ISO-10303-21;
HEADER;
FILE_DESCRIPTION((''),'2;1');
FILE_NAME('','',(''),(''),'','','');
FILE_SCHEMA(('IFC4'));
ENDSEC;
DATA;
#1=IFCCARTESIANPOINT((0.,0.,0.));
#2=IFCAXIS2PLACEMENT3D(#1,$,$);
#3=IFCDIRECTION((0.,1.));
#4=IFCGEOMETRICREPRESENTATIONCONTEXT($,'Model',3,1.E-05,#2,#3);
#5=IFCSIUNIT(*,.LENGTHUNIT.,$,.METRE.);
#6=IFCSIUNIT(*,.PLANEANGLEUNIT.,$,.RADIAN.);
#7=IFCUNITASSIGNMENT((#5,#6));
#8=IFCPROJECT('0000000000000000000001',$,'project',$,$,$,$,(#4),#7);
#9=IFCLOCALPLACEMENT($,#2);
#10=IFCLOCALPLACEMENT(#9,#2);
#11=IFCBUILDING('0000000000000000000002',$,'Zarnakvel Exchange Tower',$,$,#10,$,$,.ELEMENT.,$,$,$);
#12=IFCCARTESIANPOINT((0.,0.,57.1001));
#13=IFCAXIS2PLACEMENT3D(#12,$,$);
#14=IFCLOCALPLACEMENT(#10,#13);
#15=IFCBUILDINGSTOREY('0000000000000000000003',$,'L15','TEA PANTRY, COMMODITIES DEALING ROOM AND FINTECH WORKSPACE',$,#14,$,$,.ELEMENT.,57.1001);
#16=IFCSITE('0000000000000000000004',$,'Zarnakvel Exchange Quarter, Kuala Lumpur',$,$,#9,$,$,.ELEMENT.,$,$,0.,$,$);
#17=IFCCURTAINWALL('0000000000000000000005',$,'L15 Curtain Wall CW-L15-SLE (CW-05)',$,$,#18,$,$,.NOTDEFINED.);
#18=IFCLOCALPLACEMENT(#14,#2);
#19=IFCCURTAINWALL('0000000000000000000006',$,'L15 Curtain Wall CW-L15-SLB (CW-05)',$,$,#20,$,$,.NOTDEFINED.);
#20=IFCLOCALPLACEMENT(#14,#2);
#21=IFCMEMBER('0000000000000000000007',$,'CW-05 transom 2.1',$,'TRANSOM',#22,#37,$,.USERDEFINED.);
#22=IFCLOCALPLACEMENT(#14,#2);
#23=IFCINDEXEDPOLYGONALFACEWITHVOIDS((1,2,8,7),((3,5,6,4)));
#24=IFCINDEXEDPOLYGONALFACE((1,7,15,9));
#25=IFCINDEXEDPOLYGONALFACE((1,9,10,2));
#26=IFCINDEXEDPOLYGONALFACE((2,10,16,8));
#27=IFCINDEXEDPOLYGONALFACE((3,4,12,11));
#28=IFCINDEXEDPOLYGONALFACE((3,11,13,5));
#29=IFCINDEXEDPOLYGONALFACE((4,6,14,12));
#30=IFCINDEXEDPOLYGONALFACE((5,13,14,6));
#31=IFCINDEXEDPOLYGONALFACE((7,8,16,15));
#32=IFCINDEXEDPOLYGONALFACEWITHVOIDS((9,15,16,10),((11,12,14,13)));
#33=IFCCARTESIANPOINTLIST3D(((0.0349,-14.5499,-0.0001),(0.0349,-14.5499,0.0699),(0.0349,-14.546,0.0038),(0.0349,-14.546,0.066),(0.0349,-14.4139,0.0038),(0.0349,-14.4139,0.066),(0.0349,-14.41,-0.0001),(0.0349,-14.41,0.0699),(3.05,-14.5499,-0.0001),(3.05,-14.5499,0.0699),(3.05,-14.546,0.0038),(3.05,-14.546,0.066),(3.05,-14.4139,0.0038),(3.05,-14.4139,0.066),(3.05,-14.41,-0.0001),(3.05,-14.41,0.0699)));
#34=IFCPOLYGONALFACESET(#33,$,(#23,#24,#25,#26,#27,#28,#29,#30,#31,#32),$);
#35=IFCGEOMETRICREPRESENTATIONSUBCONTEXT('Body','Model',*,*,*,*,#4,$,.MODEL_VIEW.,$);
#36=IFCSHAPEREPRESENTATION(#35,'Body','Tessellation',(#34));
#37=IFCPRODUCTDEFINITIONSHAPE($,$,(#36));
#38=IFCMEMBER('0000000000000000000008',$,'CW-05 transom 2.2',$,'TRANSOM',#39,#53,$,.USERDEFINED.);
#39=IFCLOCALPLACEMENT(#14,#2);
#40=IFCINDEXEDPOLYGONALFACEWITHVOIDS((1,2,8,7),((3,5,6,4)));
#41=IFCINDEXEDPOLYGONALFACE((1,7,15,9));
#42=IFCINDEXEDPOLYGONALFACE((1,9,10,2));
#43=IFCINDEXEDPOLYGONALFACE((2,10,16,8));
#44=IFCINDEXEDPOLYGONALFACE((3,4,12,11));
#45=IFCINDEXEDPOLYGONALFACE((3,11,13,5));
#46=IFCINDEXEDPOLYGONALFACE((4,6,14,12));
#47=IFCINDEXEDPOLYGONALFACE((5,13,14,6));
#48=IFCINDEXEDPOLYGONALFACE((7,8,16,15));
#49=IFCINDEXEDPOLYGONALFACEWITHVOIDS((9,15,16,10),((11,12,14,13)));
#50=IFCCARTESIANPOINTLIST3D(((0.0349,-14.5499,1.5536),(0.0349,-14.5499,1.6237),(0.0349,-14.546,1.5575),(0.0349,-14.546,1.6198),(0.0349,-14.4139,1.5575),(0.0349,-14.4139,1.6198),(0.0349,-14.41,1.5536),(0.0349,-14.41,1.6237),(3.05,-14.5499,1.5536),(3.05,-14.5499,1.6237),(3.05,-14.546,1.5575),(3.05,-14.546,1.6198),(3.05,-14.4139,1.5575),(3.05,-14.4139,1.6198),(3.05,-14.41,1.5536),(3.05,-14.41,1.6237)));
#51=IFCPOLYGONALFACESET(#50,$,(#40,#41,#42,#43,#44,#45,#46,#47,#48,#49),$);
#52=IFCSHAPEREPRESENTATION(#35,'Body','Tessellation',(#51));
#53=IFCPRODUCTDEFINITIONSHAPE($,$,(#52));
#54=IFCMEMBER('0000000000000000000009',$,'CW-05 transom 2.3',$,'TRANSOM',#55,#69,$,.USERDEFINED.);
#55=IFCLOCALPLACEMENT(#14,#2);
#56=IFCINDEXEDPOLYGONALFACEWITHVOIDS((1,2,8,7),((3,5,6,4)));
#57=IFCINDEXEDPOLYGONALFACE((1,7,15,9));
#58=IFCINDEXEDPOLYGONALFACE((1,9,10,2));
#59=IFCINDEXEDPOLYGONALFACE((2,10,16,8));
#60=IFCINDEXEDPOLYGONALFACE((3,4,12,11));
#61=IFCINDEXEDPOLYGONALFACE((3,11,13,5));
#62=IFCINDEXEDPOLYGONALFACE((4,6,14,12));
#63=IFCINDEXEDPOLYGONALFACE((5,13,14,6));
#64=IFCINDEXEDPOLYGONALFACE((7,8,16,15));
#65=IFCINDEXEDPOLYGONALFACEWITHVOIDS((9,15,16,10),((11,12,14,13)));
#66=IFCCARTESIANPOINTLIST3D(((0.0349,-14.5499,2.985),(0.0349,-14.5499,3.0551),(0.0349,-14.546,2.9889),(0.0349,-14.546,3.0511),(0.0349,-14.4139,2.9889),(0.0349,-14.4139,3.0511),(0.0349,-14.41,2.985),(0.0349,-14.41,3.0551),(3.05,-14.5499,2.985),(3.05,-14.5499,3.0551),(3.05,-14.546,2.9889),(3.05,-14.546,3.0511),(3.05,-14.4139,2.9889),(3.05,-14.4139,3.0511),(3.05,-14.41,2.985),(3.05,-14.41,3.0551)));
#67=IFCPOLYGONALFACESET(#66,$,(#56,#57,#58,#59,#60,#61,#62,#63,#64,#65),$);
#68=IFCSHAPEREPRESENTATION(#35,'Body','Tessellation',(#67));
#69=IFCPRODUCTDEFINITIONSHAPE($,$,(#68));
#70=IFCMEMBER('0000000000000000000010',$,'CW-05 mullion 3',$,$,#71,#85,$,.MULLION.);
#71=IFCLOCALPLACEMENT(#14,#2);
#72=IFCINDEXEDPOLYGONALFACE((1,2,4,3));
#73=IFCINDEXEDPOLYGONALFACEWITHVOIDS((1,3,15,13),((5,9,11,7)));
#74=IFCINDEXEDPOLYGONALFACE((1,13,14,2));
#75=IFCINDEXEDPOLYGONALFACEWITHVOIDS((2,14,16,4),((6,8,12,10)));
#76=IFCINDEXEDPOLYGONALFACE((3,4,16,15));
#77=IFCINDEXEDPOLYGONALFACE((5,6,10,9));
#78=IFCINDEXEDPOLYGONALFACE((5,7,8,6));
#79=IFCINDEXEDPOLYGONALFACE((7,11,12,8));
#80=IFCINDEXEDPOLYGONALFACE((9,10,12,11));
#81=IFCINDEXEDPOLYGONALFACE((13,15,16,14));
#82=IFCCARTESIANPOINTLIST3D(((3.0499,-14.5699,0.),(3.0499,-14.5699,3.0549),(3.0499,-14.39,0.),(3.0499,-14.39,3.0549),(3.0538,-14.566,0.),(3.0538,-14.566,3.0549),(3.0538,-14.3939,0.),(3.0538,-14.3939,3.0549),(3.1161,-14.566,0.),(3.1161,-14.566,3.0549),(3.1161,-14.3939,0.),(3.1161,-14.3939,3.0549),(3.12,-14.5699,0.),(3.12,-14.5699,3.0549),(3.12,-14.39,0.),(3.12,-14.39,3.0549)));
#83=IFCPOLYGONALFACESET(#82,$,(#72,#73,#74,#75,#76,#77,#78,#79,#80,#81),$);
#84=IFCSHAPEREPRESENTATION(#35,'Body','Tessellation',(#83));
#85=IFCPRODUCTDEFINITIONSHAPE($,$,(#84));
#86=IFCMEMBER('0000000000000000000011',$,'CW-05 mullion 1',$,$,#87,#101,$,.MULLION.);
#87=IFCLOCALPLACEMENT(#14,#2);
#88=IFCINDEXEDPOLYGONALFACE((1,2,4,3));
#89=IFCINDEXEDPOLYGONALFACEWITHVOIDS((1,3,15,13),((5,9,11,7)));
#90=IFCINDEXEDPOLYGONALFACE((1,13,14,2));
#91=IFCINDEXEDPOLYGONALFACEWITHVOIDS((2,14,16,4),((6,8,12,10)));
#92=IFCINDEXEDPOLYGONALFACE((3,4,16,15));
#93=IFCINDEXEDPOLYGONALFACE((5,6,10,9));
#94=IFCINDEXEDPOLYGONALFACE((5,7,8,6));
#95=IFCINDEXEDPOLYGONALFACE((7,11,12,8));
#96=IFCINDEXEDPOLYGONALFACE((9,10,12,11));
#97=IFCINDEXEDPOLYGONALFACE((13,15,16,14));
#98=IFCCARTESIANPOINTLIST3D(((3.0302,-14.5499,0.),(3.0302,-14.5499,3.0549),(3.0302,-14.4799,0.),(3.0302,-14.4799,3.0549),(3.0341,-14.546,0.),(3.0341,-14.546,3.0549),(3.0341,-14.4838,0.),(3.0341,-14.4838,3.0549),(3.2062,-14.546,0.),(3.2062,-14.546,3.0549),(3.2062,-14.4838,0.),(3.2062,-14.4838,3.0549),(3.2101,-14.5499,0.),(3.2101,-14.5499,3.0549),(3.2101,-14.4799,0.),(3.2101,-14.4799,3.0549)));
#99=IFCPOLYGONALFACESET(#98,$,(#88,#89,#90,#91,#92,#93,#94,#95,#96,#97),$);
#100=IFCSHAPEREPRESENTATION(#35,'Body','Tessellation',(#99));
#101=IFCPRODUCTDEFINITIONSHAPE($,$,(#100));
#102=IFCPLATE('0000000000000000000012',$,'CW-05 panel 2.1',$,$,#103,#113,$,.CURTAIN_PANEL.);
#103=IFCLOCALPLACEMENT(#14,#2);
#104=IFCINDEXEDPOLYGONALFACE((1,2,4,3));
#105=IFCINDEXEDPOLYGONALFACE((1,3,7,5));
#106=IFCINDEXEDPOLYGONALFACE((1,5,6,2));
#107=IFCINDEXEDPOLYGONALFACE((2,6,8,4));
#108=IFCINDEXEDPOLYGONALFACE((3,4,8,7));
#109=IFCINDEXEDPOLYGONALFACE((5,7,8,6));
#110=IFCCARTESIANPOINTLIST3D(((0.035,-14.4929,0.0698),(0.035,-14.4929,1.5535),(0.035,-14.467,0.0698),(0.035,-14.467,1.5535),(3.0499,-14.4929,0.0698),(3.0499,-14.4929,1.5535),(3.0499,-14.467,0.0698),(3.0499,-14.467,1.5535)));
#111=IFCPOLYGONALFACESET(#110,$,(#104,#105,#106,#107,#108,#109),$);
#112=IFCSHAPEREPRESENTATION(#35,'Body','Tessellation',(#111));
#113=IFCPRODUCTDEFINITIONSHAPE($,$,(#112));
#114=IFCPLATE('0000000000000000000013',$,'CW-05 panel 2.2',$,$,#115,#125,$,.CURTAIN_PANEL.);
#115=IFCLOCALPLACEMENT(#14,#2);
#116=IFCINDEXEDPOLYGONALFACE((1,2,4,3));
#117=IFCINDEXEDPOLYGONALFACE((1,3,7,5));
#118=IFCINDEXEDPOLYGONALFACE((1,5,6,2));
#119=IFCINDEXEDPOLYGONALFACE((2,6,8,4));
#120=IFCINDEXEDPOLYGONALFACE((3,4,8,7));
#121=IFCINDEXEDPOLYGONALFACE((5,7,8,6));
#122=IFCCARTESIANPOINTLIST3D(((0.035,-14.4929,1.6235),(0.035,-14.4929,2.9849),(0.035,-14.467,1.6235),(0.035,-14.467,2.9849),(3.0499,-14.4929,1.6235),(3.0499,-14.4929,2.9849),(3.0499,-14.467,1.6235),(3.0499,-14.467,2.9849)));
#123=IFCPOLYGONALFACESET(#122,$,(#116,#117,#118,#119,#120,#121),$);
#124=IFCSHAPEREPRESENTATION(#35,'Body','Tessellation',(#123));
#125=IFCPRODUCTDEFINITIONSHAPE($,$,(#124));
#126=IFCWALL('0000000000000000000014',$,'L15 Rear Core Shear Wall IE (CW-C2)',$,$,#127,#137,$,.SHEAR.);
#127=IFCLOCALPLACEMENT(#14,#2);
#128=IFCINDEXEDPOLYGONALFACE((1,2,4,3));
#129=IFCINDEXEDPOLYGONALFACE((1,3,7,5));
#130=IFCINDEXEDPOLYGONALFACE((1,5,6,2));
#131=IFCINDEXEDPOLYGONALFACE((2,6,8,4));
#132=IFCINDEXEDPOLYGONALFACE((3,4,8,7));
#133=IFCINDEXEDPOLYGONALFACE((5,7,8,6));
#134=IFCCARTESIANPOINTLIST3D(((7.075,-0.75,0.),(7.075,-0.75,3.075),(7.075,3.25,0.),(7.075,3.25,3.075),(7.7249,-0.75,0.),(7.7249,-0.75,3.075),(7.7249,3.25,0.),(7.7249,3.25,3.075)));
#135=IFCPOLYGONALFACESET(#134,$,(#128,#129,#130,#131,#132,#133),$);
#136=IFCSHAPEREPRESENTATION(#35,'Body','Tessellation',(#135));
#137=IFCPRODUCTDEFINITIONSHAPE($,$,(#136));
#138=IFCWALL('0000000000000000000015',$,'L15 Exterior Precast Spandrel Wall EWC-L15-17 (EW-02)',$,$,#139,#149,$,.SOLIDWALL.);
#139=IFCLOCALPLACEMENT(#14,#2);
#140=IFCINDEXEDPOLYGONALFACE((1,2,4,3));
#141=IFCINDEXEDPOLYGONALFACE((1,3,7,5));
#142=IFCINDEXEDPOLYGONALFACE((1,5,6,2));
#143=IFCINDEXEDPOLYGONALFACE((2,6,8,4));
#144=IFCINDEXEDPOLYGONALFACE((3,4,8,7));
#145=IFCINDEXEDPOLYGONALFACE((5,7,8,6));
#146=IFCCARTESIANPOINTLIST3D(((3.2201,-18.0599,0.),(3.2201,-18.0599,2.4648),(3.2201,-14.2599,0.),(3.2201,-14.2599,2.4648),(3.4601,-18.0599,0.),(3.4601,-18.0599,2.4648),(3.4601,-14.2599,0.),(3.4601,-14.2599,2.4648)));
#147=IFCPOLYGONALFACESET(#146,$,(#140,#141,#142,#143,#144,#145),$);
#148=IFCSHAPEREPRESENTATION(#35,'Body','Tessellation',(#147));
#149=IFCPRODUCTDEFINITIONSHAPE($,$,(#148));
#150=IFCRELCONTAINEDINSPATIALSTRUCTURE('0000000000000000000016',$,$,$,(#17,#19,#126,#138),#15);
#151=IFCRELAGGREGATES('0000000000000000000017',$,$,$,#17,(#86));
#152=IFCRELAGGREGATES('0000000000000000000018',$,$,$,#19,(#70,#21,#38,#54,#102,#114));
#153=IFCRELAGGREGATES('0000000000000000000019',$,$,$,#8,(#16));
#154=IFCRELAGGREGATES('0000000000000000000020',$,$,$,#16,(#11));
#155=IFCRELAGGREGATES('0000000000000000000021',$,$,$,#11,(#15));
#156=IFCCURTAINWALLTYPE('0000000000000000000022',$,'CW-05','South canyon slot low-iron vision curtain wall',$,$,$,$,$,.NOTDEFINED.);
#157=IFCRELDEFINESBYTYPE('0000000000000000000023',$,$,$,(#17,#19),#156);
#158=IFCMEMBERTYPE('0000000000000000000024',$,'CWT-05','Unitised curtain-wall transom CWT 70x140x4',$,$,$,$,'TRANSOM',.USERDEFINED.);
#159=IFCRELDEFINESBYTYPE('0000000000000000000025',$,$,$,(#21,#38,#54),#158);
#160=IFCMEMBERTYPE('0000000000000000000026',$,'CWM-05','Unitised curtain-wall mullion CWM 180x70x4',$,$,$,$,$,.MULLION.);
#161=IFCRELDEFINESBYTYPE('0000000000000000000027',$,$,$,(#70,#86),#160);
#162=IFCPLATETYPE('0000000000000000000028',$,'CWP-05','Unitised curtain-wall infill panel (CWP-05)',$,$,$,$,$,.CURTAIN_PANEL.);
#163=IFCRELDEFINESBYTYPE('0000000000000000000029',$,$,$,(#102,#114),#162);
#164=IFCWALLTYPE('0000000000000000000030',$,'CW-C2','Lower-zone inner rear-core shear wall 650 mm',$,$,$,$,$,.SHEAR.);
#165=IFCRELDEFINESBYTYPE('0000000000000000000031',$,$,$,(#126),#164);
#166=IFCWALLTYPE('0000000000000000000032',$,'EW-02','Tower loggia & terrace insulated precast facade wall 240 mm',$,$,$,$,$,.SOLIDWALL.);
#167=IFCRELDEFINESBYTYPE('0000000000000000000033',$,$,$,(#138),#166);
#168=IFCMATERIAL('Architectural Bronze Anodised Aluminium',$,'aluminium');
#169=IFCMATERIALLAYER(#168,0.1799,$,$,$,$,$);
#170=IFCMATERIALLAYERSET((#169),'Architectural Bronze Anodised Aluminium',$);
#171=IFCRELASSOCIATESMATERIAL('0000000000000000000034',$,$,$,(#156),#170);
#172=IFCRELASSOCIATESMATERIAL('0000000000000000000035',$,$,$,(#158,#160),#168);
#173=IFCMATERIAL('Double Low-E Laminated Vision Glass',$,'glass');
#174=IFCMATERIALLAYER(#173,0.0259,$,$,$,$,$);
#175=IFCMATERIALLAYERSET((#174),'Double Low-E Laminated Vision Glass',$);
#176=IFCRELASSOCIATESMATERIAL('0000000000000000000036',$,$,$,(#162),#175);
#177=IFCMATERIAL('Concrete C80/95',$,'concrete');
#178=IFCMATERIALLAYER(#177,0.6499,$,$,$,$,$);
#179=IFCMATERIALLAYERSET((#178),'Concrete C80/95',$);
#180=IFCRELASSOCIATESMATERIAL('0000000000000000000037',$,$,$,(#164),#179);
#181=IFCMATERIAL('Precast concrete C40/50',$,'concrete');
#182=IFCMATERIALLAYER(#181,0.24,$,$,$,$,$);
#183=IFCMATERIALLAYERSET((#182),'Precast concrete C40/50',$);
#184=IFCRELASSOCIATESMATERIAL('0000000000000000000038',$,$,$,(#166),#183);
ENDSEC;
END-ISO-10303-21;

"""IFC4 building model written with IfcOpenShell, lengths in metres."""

from ifc_helpers import new_model, si_unit, direction, frame, frame_2d, origin, origin_2d, place, context, subcontext, project, spatial, rectangle, hollow_rectangle, extrude, source, transform, mapped, material, layer, layer_set, material_profile, profile_set, type_object, element, aggregate, save


model = new_model("IFC4")

# Units and contexts
model_context = context("Model", 3, precision=1e-05, world=origin(), true_north=direction((0.0, 1.0)))
body_context = subcontext(model_context, "Body", "Model", "MODEL_VIEW")
ifc_project = project(units=[si_unit("LENGTHUNIT", "METRE"), si_unit("PLANEANGLEUNIT", "RADIAN")], contexts=[model_context])

# Site, building, storey
site_placement = place(None, origin())
site = spatial("IfcSite", under=ifc_project, at=site_placement, Name="Zarnakvel Exchange Quarter, Kuala Lumpur", CompositionType="ELEMENT", RefElevation=0.0)
building_placement = place(site_placement, origin())
building = spatial("IfcBuilding", under=site, at=building_placement, Name="Zarnakvel Exchange Tower", CompositionType="ELEMENT")
storey_placement = place(building_placement, frame((0.0, 0.0, 57.1001)))
storey = spatial("IfcBuildingStorey", under=building, at=storey_placement, Name="L15", Description="TEA PANTRY, COMMODITIES DEALING ROOM AND FINTECH WORKSPACE", CompositionType="ELEMENT", Elevation=57.1001)

# Shared definitions
ifc_material_1 = material(Name="Concrete C80/95", Category="concrete")

# Curtain walls, members
ifc_material_2 = material(Name="Architectural Bronze Anodised Aluminium", Category="aluminium")
ifc_layer_1 = layer(ifc_material_2, 0.1799)
ifc_layer_set_1 = layer_set([ifc_layer_1], Name="Architectural Bronze Anodised Aluminium")
curtain_wall_type = type_object("IfcCurtainWallType", Name="CW-05", Description="South canyon slot low-iron vision curtain wall", PredefinedType="NOTDEFINED", material=ifc_layer_set_1)
curtain_wall_1_placement = place(storey_placement, origin())
curtain_wall_1 = element("IfcCurtainWall", 1, at=curtain_wall_1_placement, inside=storey, type_object=curtain_wall_type, Name="L15 Curtain Wall CW-L15-SLE (CW-05)", PredefinedType="NOTDEFINED")
ifc_material_profile_1 = material_profile(ifc_material_2, hollow_rectangle(XDim=0.1399, YDim=0.0701, WallThickness=0.0039, at=origin_2d()))
ifc_profile_set_1 = profile_set([ifc_material_profile_1], Name="Architectural Bronze Anodised Aluminium")
member_type_1 = type_object("IfcMemberType", Name="CWT-05", Description="Unitised curtain-wall transom CWT 70x140x4", ElementType="TRANSOM", PredefinedType="USERDEFINED", material=ifc_profile_set_1)
curtain_wall_2_placement = place(storey_placement, origin())
curtain_wall_2 = element("IfcCurtainWall", 2, at=curtain_wall_2_placement, inside=storey, type_object=curtain_wall_type, Name="L15 Curtain Wall CW-L15-SLB (CW-05)", PredefinedType="NOTDEFINED")
shared_shape_1 = source(origin(), body_context, "Body", "SweptSolid", [
    extrude(hollow_rectangle(XDim=0.1399, YDim=0.0701, WallThickness=0.0039, at=origin_2d()), origin(), (0.0, 0.0, 1.0), 3.0151),
])
member_1_placement = place(storey_placement, frame((0.0349, -14.48, 0.0349), z_axis=(1.0, 0.0, 0.0), x_axis=(0.0, 1.0, 0.0)))
member_1 = element("IfcMember", 3, at=member_1_placement, type_object=member_type_1, Name="CW-05 transom 2.1", ObjectType="TRANSOM", PredefinedType="USERDEFINED", context=body_context, shape_type="MappedRepresentation", body=[
    mapped(shared_shape_1, transform((0.0, 0.0, 0.0), x_axis=(1.0, 0.0, 0.0), y_axis=(0.0, 1.0, 0.0), z_axis=(0.0, 0.0, 1.0), scale=1.0)),
])
member_2_placement = place(storey_placement, frame((0.0349, -14.48, 1.5886), z_axis=(1.0, 0.0, 0.0), x_axis=(0.0, 1.0, 0.0)))
member_2 = element("IfcMember", 4, at=member_2_placement, type_object=member_type_1, Name="CW-05 transom 2.2", ObjectType="TRANSOM", PredefinedType="USERDEFINED", context=body_context, shape_type="MappedRepresentation", body=[
    mapped(shared_shape_1, transform((0.0, 0.0, 0.0), x_axis=(1.0, 0.0, 0.0), y_axis=(0.0, 1.0, 0.0), z_axis=(0.0, 0.0, 1.0), scale=1.0)),
])
member_3_placement = place(storey_placement, frame((0.0349, -14.48, 3.02), z_axis=(1.0, 0.0, 0.0), x_axis=(0.0, 1.0, 0.0)))
member_3 = element("IfcMember", 5, at=member_3_placement, type_object=member_type_1, Name="CW-05 transom 2.3", ObjectType="TRANSOM", PredefinedType="USERDEFINED", context=body_context, shape_type="MappedRepresentation", body=[
    mapped(shared_shape_1, transform((0.0, 0.0, 0.0), x_axis=(1.0, 0.0, 0.0), y_axis=(0.0, 1.0, 0.0), z_axis=(0.0, 0.0, 1.0), scale=1.0)),
])
ifc_material_profile_2 = material_profile(ifc_material_2, hollow_rectangle(XDim=0.1799, YDim=0.0701, WallThickness=0.0039, at=origin_2d()))
ifc_profile_set_2 = profile_set([ifc_material_profile_2], Name="Architectural Bronze Anodised Aluminium")
member_type_2 = type_object("IfcMemberType", Name="CWM-05", Description="Unitised curtain-wall mullion CWM 180x70x4", PredefinedType="MULLION", material=ifc_profile_set_2)
shared_shape_2 = source(origin(), body_context, "Body", "SweptSolid", [
    extrude(hollow_rectangle(XDim=0.1799, YDim=0.0701, WallThickness=0.0039, at=origin_2d()), origin(), (0.0, 0.0, 1.0), 3.0549),
])
member_4_placement = place(storey_placement, frame((3.085, -14.48, 0.0), z_axis=(0.0, 0.0, 1.0), x_axis=(0.0, 1.0, 0.0)))
member_4 = element("IfcMember", 6, at=member_4_placement, type_object=member_type_2, Name="CW-05 mullion 3", PredefinedType="MULLION", context=body_context, shape_type="MappedRepresentation", body=[
    mapped(shared_shape_2, transform((0.0, 0.0, 0.0), x_axis=(1.0, 0.0, 0.0), y_axis=(0.0, 1.0, 0.0), z_axis=(0.0, 0.0, 1.0), scale=1.0)),
])

# Member
member_5_placement = place(storey_placement, frame((3.1201, -14.5149, 0.0), z_axis=(0.0, 0.0, 1.0), x_axis=(1.0, 0.0, 0.0)))
member_5 = element("IfcMember", 7, at=member_5_placement, type_object=member_type_2, Name="CW-05 mullion 1", PredefinedType="MULLION", context=body_context, shape_type="MappedRepresentation", body=[
    mapped(shared_shape_2, transform((0.0, 0.0, 0.0), x_axis=(1.0, 0.0, 0.0), y_axis=(0.0, 1.0, 0.0), z_axis=(0.0, 0.0, 1.0), scale=1.0)),
])
aggregate(curtain_wall_1, [member_5])

# Plates
ifc_material_3 = material(Name="Double Low-E Laminated Vision Glass", Category="glass")
ifc_layer_2 = layer(ifc_material_3, 0.0259)
ifc_layer_set_2 = layer_set([ifc_layer_2], Name="Double Low-E Laminated Vision Glass")
plate_type = type_object("IfcPlateType", Name="CWP-05", Description="Unitised curtain-wall infill panel (CWP-05)", PredefinedType="CURTAIN_PANEL", material=ifc_layer_set_2)
shared_shape_3 = source(origin(), body_context, "Body", "SweptSolid", [
    extrude(rectangle(XDim=3.0149, YDim=0.0259, at=origin_2d()), origin(), (0.0, 0.0, 1.0), 1.4836),
])
plate_1_placement = place(storey_placement, frame((1.5425, -14.48, 0.0698), z_axis=(0.0, 0.0, 1.0), x_axis=(1.0, 0.0, 0.0)))
plate_1 = element("IfcPlate", 8, at=plate_1_placement, type_object=plate_type, Name="CW-05 panel 2.1", PredefinedType="CURTAIN_PANEL", context=body_context, shape_type="MappedRepresentation", body=[
    mapped(shared_shape_3, transform((0.0, 0.0, 0.0), x_axis=(1.0, 0.0, 0.0), y_axis=(0.0, 1.0, 0.0), z_axis=(0.0, 0.0, 1.0), scale=1.0)),
])
shared_shape_4 = source(origin(), body_context, "Body", "SweptSolid", [
    extrude(rectangle(XDim=3.0149, YDim=0.0259, at=origin_2d()), origin(), (0.0, 0.0, 1.0), 1.3613),
])
plate_2_placement = place(storey_placement, frame((1.5425, -14.48, 1.6235), z_axis=(0.0, 0.0, 1.0), x_axis=(1.0, 0.0, 0.0)))
plate_2 = element("IfcPlate", 9, at=plate_2_placement, type_object=plate_type, Name="CW-05 panel 2.2", PredefinedType="CURTAIN_PANEL", context=body_context, shape_type="MappedRepresentation", body=[
    mapped(shared_shape_4, transform((0.0, 0.0, 0.0), x_axis=(1.0, 0.0, 0.0), y_axis=(0.0, 1.0, 0.0), z_axis=(0.0, 0.0, 1.0), scale=1.0)),
])
aggregate(curtain_wall_2, [member_4, member_1, member_2, member_3, plate_1, plate_2])

# Walls
ifc_layer_3 = layer(ifc_material_1, 0.6499)
ifc_layer_set_3 = layer_set([ifc_layer_3], Name="Concrete C80/95")
wall_type_1 = type_object("IfcWallType", Name="CW-C2", Description="Lower-zone inner rear-core shear wall 650 mm", PredefinedType="SHEAR", material=ifc_layer_set_3)
wall_1_placement = place(storey_placement, frame((7.3999, -0.75, 0.0), z_axis=(0.0, 0.0, 1.0), x_axis=(0.0, 1.0, 0.0)))
element("IfcWall", 10, at=wall_1_placement, inside=storey, type_object=wall_type_1, Name="L15 Rear Core Shear Wall IE (CW-C2)", PredefinedType="SHEAR", context=body_context, shape_type="SweptSolid", body=[
    extrude(rectangle(XDim=4.0, YDim=0.6499, at=frame_2d((2.0, 0.0))), origin(), (0.0, 0.0, 1.0), 3.075),
])
ifc_material_4 = material(Name="Precast concrete C40/50", Category="concrete")
ifc_layer_4 = layer(ifc_material_4, 0.24)
ifc_layer_set_4 = layer_set([ifc_layer_4], Name="Precast concrete C40/50")
wall_type_2 = type_object("IfcWallType", Name="EW-02", Description="Tower loggia & terrace insulated precast facade wall 240 mm", PredefinedType="SOLIDWALL", material=ifc_layer_set_4)
wall_2_placement = place(storey_placement, frame((3.3401, -14.26, 0.0), z_axis=(0.0, 0.0, 1.0), x_axis=(0.0, -1.0, 0.0)))
element("IfcWall", 11, at=wall_2_placement, inside=storey, type_object=wall_type_2, Name="L15 Exterior Precast Spandrel Wall EWC-L15-17 (EW-02)", PredefinedType="SOLIDWALL", context=body_context, shape_type="SweptSolid", body=[
    extrude(rectangle(XDim=3.8, YDim=0.24, at=frame_2d((1.8999, 0.0))), origin(), (0.0, 0.0, 1.0), 2.4648),
])

save(model, "model.ifc")
